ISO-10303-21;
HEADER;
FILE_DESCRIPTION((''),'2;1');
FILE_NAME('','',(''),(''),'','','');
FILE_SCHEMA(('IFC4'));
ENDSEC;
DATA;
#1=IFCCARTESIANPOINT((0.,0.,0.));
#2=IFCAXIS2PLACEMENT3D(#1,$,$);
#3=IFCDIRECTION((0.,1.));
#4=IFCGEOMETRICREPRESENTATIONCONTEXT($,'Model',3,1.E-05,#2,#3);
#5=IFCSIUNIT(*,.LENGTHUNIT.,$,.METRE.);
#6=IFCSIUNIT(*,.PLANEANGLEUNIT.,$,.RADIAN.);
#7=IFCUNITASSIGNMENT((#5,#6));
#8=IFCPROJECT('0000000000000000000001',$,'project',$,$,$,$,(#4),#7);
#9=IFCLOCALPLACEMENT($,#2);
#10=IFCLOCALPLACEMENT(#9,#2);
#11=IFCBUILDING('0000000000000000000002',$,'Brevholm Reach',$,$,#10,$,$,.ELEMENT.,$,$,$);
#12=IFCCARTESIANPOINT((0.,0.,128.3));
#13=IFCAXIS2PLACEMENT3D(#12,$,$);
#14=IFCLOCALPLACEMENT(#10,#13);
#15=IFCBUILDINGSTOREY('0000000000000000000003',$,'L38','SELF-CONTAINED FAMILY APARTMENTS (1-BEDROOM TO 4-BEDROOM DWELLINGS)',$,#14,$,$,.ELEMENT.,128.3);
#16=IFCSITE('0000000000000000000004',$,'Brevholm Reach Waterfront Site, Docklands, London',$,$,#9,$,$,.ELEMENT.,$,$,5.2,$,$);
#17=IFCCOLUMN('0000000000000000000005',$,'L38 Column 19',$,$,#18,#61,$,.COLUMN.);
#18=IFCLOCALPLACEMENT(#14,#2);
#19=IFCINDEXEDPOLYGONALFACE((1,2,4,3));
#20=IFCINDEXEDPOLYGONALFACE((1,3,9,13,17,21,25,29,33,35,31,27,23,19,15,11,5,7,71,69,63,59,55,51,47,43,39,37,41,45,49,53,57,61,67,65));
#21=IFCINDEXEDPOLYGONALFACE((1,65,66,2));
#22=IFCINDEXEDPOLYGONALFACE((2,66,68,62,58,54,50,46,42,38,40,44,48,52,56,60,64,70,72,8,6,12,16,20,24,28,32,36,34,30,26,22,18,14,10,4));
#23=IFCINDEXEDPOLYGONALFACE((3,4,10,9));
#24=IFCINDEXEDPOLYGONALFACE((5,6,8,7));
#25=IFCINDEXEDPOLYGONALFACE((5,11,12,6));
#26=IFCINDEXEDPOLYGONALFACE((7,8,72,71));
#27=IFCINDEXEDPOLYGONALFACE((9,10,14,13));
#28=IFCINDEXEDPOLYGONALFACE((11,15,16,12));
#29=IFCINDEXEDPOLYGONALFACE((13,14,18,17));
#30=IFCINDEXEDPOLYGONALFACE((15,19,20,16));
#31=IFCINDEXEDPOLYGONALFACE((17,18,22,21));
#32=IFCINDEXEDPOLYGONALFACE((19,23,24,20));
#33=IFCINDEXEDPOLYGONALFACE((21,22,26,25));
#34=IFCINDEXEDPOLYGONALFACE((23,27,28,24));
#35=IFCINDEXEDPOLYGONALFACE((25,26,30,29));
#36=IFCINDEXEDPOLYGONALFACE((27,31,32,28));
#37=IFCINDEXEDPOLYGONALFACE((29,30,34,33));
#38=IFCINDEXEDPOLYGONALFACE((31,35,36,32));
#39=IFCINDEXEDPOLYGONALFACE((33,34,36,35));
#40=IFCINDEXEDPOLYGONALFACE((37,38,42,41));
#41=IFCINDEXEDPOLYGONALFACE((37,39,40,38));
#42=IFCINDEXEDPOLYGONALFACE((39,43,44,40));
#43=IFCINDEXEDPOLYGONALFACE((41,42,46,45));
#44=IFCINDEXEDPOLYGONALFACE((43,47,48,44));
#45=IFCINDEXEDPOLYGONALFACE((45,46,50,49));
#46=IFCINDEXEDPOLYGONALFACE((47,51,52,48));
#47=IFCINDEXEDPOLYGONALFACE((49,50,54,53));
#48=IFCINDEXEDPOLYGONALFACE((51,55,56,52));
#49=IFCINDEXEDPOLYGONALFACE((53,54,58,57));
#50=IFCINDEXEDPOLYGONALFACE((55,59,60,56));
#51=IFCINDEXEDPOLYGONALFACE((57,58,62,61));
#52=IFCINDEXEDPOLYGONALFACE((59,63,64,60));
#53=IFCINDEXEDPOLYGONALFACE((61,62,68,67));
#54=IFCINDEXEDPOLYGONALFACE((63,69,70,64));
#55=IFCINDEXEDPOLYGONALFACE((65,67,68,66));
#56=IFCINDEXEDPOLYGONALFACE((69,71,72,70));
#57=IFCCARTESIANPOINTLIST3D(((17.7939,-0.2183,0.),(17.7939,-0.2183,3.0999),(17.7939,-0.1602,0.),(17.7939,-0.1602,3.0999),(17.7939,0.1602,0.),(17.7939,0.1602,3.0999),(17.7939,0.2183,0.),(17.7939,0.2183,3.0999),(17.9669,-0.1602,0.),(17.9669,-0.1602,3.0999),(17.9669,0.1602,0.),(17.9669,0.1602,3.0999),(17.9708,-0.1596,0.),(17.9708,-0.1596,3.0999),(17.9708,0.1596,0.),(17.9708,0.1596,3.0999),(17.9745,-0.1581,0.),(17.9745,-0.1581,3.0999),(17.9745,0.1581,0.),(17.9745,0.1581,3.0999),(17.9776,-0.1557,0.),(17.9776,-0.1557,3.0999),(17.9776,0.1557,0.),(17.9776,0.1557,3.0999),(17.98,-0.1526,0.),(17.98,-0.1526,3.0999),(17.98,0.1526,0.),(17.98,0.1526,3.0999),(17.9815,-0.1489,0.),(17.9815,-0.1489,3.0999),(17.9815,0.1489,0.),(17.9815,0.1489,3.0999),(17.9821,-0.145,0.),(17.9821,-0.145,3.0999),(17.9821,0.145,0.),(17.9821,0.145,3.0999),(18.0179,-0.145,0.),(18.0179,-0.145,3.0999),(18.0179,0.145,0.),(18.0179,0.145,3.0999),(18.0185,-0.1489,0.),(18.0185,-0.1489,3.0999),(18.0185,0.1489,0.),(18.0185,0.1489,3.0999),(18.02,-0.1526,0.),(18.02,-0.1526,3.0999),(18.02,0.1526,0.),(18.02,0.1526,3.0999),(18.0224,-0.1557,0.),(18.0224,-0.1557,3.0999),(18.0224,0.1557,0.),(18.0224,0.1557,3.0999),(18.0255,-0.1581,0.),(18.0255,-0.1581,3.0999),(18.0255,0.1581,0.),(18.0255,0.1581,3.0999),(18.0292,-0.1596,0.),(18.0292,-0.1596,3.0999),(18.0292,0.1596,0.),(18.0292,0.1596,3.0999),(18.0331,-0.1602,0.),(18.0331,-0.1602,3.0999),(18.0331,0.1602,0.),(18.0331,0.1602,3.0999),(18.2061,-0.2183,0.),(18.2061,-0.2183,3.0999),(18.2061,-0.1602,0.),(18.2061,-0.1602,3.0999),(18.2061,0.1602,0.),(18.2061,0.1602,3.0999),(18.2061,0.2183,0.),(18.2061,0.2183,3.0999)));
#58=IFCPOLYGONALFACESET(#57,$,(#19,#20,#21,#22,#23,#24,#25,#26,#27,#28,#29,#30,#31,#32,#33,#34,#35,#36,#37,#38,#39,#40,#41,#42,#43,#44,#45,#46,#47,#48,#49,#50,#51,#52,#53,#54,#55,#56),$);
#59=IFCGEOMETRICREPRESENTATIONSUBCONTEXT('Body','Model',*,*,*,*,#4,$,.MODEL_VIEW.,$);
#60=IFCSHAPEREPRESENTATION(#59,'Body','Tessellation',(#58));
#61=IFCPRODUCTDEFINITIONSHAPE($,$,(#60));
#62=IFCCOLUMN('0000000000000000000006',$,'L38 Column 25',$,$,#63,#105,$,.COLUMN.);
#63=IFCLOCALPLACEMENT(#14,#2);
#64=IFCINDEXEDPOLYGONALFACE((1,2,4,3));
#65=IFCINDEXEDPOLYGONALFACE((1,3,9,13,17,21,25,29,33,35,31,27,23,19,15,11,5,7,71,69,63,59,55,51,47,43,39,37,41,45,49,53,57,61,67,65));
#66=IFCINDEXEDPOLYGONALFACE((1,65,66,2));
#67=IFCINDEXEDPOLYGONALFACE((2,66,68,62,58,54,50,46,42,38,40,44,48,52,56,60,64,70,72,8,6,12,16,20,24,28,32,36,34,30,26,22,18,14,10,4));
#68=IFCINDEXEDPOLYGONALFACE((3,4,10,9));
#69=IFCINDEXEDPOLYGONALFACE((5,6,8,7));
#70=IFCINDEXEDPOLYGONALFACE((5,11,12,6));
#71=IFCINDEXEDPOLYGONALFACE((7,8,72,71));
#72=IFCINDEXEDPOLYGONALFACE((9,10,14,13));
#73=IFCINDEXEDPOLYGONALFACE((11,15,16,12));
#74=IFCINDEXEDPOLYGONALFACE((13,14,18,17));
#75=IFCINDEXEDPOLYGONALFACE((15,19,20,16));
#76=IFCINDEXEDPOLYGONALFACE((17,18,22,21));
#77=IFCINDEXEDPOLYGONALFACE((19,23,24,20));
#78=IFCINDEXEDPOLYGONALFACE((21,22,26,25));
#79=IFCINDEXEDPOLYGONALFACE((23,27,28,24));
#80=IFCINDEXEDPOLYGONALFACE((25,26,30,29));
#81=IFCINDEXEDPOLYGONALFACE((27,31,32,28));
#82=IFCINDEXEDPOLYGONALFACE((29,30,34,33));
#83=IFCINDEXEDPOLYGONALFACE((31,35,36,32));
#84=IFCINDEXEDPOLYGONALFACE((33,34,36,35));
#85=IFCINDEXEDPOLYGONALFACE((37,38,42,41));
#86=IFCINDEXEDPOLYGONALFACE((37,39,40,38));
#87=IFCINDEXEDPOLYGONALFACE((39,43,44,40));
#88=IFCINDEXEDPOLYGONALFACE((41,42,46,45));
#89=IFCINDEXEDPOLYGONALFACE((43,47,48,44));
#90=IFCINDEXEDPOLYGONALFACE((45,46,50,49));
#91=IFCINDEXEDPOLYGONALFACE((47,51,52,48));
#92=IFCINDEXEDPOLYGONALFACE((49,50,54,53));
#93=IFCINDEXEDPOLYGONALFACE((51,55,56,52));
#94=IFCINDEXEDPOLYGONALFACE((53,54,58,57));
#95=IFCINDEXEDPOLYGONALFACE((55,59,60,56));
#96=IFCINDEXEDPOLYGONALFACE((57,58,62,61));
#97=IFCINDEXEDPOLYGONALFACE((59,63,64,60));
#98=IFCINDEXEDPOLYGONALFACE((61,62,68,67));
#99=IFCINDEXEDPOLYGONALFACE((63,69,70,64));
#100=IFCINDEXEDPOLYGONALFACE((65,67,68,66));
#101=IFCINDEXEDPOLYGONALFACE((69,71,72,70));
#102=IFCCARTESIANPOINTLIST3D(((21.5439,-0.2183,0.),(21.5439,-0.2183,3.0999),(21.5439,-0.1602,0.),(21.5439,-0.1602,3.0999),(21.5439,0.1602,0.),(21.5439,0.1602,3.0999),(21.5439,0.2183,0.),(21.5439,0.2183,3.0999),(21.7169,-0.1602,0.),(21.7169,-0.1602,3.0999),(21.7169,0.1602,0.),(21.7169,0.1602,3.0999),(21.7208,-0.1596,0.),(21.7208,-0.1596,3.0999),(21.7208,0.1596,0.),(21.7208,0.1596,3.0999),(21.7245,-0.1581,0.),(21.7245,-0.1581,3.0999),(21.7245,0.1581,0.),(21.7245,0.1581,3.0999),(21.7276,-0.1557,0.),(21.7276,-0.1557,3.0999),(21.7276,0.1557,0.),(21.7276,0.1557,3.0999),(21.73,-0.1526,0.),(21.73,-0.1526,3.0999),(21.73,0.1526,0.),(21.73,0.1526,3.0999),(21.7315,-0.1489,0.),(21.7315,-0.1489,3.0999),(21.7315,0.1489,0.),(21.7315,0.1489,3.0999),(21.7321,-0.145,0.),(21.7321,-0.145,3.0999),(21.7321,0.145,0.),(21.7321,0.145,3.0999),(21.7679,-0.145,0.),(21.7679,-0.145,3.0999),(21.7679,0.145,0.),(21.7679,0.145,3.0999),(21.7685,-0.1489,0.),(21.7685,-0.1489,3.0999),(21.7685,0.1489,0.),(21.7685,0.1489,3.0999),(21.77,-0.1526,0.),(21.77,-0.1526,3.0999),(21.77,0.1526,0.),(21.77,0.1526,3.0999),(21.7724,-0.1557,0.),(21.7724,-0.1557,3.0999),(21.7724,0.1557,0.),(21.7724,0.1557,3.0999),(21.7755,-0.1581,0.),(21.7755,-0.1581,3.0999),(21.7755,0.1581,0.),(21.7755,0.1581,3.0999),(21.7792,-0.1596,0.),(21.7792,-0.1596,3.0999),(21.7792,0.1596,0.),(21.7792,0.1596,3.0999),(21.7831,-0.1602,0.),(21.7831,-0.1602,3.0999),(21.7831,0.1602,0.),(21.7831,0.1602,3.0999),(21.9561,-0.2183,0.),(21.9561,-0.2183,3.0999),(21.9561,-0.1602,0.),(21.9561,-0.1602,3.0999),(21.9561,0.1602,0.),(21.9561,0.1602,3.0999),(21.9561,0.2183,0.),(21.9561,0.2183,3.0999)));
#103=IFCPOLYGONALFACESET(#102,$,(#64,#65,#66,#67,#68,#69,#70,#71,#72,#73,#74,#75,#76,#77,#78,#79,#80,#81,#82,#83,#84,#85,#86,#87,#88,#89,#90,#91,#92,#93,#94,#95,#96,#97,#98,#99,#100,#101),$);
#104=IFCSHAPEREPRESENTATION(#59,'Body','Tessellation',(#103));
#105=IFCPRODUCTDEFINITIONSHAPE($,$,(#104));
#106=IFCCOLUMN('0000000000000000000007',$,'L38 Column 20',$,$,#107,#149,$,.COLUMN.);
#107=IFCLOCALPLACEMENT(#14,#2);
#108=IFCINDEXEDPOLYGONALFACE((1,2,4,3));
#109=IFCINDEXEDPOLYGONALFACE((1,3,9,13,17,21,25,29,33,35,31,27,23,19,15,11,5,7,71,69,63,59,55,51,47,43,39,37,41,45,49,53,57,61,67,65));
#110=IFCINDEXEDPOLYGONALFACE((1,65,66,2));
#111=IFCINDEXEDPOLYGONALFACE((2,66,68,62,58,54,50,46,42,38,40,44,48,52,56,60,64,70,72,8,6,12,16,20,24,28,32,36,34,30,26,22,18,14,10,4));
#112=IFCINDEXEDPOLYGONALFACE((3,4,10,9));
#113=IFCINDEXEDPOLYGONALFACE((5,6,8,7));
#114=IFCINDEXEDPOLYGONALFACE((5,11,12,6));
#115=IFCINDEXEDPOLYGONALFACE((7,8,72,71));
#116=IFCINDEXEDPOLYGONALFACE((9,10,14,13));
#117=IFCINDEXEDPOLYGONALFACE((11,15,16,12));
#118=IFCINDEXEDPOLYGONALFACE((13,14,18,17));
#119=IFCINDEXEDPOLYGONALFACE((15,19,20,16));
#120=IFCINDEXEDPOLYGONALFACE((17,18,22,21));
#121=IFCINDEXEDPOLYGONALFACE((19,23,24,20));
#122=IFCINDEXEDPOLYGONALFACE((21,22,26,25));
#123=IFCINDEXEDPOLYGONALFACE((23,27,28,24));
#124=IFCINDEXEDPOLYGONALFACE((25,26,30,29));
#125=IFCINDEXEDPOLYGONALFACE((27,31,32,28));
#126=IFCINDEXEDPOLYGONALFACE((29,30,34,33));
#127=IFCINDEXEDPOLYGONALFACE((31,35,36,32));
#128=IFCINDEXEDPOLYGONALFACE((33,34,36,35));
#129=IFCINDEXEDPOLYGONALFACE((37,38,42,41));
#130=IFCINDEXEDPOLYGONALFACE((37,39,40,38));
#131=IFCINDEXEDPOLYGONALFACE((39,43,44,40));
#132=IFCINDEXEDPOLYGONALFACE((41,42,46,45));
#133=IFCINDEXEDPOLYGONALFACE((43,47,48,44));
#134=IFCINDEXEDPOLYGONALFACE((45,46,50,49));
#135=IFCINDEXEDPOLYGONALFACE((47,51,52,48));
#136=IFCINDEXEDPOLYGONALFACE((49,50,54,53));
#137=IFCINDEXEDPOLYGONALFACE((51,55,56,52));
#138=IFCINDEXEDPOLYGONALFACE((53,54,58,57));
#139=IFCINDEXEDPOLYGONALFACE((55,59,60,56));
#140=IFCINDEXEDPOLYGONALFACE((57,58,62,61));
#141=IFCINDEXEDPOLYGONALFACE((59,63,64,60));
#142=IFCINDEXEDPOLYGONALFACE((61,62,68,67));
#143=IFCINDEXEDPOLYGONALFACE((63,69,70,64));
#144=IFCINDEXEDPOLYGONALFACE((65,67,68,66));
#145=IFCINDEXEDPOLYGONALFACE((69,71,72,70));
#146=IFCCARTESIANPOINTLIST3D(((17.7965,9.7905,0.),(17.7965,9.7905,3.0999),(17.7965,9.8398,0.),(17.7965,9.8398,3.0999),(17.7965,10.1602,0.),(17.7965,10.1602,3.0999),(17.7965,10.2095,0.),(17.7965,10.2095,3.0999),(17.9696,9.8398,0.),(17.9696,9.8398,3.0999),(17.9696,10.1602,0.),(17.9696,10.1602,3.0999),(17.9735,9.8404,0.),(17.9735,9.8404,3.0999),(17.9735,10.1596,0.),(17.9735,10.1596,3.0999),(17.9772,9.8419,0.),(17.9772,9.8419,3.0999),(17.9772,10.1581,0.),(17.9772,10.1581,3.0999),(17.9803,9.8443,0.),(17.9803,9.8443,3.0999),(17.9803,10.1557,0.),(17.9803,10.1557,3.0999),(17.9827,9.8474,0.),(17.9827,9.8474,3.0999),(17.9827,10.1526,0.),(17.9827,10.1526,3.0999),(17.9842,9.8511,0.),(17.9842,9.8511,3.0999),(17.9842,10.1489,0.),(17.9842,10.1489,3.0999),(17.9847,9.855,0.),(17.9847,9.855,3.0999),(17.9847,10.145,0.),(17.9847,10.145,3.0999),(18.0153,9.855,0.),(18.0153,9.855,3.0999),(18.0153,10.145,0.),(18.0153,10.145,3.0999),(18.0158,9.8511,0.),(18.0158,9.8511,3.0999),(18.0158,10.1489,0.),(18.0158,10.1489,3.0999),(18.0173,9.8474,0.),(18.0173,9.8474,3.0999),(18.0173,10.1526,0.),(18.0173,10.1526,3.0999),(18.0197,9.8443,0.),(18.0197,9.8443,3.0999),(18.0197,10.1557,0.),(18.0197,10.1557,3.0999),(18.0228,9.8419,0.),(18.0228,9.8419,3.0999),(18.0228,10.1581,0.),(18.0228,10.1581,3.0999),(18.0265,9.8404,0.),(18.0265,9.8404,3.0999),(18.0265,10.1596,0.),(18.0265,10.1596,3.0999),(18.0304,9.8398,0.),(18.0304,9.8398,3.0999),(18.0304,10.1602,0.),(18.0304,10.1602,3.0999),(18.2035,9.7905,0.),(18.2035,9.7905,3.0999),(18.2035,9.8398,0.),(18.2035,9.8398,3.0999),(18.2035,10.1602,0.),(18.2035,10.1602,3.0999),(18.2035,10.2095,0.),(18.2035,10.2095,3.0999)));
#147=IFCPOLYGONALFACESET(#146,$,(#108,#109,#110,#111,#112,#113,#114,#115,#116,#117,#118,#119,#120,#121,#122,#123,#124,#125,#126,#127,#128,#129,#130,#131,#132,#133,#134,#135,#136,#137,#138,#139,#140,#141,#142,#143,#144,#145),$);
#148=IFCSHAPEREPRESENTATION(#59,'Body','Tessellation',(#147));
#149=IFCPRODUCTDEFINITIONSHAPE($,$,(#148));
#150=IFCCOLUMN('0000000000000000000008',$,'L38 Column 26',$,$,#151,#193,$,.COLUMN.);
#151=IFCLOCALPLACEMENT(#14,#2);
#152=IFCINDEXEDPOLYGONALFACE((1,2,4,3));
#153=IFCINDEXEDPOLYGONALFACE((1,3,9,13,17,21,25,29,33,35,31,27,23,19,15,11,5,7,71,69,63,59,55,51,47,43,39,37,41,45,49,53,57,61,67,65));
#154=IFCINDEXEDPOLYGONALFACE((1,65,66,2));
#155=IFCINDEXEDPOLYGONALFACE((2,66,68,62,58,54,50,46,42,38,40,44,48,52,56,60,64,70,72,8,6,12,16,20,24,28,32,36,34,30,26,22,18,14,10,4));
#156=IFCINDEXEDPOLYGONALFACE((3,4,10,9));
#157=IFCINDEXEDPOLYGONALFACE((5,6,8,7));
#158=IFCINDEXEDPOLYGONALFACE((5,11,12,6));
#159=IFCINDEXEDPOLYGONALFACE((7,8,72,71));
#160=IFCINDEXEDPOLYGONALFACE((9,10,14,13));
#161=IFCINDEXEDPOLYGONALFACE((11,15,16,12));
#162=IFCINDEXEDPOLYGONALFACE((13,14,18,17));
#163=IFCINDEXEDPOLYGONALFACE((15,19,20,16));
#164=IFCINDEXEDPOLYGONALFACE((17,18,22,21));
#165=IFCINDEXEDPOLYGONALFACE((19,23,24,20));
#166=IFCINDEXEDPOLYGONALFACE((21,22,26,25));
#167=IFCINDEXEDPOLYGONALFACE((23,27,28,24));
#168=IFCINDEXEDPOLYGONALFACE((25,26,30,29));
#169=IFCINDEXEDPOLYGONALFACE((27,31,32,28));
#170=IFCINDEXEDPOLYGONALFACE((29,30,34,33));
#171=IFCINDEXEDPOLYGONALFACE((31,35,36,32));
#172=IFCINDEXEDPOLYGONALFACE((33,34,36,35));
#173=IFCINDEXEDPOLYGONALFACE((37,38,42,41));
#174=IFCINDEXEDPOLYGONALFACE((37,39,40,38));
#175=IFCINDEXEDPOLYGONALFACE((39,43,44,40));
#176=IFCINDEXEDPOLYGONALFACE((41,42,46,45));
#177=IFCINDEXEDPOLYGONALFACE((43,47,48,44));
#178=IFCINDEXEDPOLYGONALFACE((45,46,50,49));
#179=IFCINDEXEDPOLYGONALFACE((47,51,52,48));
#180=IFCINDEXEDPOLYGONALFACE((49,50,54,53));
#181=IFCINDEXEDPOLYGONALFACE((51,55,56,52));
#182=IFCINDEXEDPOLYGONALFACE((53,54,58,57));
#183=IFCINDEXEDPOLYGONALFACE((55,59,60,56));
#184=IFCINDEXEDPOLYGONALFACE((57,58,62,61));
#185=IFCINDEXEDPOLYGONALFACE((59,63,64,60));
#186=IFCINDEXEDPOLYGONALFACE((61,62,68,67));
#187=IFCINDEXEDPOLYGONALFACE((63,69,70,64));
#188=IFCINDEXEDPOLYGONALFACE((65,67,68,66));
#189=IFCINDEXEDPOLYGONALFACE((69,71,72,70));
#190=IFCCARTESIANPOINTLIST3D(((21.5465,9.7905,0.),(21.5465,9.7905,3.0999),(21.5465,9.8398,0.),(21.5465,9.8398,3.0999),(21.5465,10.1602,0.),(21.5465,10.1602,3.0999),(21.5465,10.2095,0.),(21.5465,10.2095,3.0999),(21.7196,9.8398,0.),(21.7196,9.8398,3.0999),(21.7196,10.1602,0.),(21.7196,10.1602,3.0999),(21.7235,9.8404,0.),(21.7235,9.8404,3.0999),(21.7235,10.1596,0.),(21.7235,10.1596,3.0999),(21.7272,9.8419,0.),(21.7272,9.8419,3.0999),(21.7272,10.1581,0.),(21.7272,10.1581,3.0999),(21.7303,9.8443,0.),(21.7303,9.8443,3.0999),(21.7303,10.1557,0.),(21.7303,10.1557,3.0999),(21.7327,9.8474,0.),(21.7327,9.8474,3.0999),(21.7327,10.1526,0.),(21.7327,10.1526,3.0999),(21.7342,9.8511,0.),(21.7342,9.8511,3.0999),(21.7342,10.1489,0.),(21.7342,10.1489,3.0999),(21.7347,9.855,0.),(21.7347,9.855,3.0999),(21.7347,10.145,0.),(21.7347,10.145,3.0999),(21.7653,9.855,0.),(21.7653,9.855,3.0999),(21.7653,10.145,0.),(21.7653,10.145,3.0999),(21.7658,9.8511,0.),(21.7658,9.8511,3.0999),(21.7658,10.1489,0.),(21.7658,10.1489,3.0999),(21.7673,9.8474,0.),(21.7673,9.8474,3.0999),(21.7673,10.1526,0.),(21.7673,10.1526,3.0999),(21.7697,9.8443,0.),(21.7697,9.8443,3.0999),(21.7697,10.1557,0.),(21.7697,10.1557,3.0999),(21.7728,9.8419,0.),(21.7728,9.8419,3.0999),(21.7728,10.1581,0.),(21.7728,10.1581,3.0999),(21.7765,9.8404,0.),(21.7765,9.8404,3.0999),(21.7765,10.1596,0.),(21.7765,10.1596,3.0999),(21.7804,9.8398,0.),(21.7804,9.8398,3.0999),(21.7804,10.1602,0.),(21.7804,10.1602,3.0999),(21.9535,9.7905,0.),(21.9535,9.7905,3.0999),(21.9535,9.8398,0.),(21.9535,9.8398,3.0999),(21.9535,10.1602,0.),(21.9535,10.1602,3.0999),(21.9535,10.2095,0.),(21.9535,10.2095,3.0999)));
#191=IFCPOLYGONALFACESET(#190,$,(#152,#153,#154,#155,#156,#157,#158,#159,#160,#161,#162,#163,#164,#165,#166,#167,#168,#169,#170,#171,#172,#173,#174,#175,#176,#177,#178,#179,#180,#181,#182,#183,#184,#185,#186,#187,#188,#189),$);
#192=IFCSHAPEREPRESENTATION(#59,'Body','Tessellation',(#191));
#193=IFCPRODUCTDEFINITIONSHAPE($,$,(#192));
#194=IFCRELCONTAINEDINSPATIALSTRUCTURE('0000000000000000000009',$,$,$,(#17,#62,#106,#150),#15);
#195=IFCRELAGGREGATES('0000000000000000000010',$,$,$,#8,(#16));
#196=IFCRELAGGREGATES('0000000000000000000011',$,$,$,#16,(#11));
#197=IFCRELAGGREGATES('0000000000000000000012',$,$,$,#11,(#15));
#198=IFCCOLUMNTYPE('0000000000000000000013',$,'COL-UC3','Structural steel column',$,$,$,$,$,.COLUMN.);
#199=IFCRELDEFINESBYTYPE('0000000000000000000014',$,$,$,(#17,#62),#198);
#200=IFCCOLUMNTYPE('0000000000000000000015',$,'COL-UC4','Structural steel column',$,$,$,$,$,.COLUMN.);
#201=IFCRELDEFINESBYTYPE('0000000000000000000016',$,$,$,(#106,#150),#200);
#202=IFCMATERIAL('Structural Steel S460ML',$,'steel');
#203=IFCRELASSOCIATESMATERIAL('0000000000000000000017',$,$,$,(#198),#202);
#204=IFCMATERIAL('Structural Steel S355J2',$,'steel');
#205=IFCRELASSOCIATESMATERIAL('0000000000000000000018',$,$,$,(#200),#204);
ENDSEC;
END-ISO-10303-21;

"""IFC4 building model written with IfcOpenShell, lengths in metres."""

from ifc_helpers import new_model, si_unit, direction, frame, origin, origin_2d, place, context, subcontext, project, spatial, i_section, extrude, material, material_profile, profile_set, type_object, element, save


model = new_model("IFC4")

# Units and contexts
model_context = context("Model", 3, precision=1e-05, world=origin(), true_north=direction((0.0, 1.0)))
body_context = subcontext(model_context, "Body", "Model", "MODEL_VIEW")
ifc_project = project(units=[si_unit("LENGTHUNIT", "METRE"), si_unit("PLANEANGLEUNIT", "RADIAN")], contexts=[model_context])

# Site, building, storey
site_placement = place(None, origin())
site = spatial("IfcSite", under=ifc_project, at=site_placement, Name="Brevholm Reach Waterfront Site, Docklands, London", CompositionType="ELEMENT", RefElevation=5.2)
building_placement = place(site_placement, origin())
building = spatial("IfcBuilding", under=site, at=building_placement, Name="Brevholm Reach", CompositionType="ELEMENT")
storey_placement = place(building_placement, frame((0.0, 0.0, 128.3)))
storey = spatial("IfcBuildingStorey", under=building, at=storey_placement, Name="L38", Description="SELF-CONTAINED FAMILY APARTMENTS (1-BEDROOM TO 4-BEDROOM DWELLINGS)", CompositionType="ELEMENT", Elevation=128.3)

# Columns
ifc_material_1 = material(Name="Structural Steel S460ML", Category="steel")
ifc_material_profile_1 = material_profile(ifc_material_1, i_section(OverallWidth=0.4121, OverallDepth=0.4365, WebThickness=0.0359, FlangeThickness=0.0581, FilletRadius=0.0151, at=origin_2d()), Name="UKC 356x406x467")
ifc_profile_set_1 = profile_set([ifc_material_profile_1], Name="Structural Steel S460ML")
column_type_1 = type_object("IfcColumnType", Name="COL-UC3", Description="Structural steel column", PredefinedType="COLUMN", material=ifc_profile_set_1)
for number, where, z_axis, x_axis, name in (
    (1, (18.0, 0.0, 0.0), (0.0, 0.0, 1.0), (1.0, 0.0, 0.0), "L38 Column 19"),
    (2, (21.75, 0.0, 0.0), (0.0, 0.0, 1.0), (1.0, 0.0, 0.0), "L38 Column 25"),
):
    element("IfcColumn", number, at=place(storey_placement, frame(where, z_axis=z_axis, x_axis=x_axis)), inside=storey, type_object=column_type_1, Name=name, PredefinedType="COLUMN", context=body_context, shape_type="SweptSolid", body=[
        extrude(i_section(OverallWidth=0.4121, OverallDepth=0.4365, WebThickness=0.0359, FlangeThickness=0.0581, FilletRadius=0.0151, at=origin_2d()), origin(), (0.0, 0.0, 1.0), 3.0999),
    ])
ifc_material_2 = material(Name="Structural Steel S355J2", Category="steel")
ifc_material_profile_2 = material_profile(ifc_material_2, i_section(OverallWidth=0.407, OverallDepth=0.4189, WebThickness=0.0305, FlangeThickness=0.0493, FilletRadius=0.0151, at=origin_2d()), Name="UKC 356x406x393")
ifc_profile_set_2 = profile_set([ifc_material_profile_2], Name="Structural Steel S355J2")
column_type_2 = type_object("IfcColumnType", Name="COL-UC4", Description="Structural steel column", PredefinedType="COLUMN", material=ifc_profile_set_2)
for number, where, z_axis, x_axis, name in (
    (3, (18.0, 10.0, 0.0), (0.0, 0.0, 1.0), (1.0, 0.0, 0.0), "L38 Column 20"),
    (4, (21.75, 10.0, 0.0), (0.0, 0.0, 1.0), (1.0, 0.0, 0.0), "L38 Column 26"),
):
    element("IfcColumn", number, at=place(storey_placement, frame(where, z_axis=z_axis, x_axis=x_axis)), inside=storey, type_object=column_type_2, Name=name, PredefinedType="COLUMN", context=body_context, shape_type="SweptSolid", body=[
        extrude(i_section(OverallWidth=0.407, OverallDepth=0.4189, WebThickness=0.0305, FlangeThickness=0.0493, FilletRadius=0.0151, at=origin_2d()), origin(), (0.0, 0.0, 1.0), 3.0999),
    ])

save(model, "model.ifc")
